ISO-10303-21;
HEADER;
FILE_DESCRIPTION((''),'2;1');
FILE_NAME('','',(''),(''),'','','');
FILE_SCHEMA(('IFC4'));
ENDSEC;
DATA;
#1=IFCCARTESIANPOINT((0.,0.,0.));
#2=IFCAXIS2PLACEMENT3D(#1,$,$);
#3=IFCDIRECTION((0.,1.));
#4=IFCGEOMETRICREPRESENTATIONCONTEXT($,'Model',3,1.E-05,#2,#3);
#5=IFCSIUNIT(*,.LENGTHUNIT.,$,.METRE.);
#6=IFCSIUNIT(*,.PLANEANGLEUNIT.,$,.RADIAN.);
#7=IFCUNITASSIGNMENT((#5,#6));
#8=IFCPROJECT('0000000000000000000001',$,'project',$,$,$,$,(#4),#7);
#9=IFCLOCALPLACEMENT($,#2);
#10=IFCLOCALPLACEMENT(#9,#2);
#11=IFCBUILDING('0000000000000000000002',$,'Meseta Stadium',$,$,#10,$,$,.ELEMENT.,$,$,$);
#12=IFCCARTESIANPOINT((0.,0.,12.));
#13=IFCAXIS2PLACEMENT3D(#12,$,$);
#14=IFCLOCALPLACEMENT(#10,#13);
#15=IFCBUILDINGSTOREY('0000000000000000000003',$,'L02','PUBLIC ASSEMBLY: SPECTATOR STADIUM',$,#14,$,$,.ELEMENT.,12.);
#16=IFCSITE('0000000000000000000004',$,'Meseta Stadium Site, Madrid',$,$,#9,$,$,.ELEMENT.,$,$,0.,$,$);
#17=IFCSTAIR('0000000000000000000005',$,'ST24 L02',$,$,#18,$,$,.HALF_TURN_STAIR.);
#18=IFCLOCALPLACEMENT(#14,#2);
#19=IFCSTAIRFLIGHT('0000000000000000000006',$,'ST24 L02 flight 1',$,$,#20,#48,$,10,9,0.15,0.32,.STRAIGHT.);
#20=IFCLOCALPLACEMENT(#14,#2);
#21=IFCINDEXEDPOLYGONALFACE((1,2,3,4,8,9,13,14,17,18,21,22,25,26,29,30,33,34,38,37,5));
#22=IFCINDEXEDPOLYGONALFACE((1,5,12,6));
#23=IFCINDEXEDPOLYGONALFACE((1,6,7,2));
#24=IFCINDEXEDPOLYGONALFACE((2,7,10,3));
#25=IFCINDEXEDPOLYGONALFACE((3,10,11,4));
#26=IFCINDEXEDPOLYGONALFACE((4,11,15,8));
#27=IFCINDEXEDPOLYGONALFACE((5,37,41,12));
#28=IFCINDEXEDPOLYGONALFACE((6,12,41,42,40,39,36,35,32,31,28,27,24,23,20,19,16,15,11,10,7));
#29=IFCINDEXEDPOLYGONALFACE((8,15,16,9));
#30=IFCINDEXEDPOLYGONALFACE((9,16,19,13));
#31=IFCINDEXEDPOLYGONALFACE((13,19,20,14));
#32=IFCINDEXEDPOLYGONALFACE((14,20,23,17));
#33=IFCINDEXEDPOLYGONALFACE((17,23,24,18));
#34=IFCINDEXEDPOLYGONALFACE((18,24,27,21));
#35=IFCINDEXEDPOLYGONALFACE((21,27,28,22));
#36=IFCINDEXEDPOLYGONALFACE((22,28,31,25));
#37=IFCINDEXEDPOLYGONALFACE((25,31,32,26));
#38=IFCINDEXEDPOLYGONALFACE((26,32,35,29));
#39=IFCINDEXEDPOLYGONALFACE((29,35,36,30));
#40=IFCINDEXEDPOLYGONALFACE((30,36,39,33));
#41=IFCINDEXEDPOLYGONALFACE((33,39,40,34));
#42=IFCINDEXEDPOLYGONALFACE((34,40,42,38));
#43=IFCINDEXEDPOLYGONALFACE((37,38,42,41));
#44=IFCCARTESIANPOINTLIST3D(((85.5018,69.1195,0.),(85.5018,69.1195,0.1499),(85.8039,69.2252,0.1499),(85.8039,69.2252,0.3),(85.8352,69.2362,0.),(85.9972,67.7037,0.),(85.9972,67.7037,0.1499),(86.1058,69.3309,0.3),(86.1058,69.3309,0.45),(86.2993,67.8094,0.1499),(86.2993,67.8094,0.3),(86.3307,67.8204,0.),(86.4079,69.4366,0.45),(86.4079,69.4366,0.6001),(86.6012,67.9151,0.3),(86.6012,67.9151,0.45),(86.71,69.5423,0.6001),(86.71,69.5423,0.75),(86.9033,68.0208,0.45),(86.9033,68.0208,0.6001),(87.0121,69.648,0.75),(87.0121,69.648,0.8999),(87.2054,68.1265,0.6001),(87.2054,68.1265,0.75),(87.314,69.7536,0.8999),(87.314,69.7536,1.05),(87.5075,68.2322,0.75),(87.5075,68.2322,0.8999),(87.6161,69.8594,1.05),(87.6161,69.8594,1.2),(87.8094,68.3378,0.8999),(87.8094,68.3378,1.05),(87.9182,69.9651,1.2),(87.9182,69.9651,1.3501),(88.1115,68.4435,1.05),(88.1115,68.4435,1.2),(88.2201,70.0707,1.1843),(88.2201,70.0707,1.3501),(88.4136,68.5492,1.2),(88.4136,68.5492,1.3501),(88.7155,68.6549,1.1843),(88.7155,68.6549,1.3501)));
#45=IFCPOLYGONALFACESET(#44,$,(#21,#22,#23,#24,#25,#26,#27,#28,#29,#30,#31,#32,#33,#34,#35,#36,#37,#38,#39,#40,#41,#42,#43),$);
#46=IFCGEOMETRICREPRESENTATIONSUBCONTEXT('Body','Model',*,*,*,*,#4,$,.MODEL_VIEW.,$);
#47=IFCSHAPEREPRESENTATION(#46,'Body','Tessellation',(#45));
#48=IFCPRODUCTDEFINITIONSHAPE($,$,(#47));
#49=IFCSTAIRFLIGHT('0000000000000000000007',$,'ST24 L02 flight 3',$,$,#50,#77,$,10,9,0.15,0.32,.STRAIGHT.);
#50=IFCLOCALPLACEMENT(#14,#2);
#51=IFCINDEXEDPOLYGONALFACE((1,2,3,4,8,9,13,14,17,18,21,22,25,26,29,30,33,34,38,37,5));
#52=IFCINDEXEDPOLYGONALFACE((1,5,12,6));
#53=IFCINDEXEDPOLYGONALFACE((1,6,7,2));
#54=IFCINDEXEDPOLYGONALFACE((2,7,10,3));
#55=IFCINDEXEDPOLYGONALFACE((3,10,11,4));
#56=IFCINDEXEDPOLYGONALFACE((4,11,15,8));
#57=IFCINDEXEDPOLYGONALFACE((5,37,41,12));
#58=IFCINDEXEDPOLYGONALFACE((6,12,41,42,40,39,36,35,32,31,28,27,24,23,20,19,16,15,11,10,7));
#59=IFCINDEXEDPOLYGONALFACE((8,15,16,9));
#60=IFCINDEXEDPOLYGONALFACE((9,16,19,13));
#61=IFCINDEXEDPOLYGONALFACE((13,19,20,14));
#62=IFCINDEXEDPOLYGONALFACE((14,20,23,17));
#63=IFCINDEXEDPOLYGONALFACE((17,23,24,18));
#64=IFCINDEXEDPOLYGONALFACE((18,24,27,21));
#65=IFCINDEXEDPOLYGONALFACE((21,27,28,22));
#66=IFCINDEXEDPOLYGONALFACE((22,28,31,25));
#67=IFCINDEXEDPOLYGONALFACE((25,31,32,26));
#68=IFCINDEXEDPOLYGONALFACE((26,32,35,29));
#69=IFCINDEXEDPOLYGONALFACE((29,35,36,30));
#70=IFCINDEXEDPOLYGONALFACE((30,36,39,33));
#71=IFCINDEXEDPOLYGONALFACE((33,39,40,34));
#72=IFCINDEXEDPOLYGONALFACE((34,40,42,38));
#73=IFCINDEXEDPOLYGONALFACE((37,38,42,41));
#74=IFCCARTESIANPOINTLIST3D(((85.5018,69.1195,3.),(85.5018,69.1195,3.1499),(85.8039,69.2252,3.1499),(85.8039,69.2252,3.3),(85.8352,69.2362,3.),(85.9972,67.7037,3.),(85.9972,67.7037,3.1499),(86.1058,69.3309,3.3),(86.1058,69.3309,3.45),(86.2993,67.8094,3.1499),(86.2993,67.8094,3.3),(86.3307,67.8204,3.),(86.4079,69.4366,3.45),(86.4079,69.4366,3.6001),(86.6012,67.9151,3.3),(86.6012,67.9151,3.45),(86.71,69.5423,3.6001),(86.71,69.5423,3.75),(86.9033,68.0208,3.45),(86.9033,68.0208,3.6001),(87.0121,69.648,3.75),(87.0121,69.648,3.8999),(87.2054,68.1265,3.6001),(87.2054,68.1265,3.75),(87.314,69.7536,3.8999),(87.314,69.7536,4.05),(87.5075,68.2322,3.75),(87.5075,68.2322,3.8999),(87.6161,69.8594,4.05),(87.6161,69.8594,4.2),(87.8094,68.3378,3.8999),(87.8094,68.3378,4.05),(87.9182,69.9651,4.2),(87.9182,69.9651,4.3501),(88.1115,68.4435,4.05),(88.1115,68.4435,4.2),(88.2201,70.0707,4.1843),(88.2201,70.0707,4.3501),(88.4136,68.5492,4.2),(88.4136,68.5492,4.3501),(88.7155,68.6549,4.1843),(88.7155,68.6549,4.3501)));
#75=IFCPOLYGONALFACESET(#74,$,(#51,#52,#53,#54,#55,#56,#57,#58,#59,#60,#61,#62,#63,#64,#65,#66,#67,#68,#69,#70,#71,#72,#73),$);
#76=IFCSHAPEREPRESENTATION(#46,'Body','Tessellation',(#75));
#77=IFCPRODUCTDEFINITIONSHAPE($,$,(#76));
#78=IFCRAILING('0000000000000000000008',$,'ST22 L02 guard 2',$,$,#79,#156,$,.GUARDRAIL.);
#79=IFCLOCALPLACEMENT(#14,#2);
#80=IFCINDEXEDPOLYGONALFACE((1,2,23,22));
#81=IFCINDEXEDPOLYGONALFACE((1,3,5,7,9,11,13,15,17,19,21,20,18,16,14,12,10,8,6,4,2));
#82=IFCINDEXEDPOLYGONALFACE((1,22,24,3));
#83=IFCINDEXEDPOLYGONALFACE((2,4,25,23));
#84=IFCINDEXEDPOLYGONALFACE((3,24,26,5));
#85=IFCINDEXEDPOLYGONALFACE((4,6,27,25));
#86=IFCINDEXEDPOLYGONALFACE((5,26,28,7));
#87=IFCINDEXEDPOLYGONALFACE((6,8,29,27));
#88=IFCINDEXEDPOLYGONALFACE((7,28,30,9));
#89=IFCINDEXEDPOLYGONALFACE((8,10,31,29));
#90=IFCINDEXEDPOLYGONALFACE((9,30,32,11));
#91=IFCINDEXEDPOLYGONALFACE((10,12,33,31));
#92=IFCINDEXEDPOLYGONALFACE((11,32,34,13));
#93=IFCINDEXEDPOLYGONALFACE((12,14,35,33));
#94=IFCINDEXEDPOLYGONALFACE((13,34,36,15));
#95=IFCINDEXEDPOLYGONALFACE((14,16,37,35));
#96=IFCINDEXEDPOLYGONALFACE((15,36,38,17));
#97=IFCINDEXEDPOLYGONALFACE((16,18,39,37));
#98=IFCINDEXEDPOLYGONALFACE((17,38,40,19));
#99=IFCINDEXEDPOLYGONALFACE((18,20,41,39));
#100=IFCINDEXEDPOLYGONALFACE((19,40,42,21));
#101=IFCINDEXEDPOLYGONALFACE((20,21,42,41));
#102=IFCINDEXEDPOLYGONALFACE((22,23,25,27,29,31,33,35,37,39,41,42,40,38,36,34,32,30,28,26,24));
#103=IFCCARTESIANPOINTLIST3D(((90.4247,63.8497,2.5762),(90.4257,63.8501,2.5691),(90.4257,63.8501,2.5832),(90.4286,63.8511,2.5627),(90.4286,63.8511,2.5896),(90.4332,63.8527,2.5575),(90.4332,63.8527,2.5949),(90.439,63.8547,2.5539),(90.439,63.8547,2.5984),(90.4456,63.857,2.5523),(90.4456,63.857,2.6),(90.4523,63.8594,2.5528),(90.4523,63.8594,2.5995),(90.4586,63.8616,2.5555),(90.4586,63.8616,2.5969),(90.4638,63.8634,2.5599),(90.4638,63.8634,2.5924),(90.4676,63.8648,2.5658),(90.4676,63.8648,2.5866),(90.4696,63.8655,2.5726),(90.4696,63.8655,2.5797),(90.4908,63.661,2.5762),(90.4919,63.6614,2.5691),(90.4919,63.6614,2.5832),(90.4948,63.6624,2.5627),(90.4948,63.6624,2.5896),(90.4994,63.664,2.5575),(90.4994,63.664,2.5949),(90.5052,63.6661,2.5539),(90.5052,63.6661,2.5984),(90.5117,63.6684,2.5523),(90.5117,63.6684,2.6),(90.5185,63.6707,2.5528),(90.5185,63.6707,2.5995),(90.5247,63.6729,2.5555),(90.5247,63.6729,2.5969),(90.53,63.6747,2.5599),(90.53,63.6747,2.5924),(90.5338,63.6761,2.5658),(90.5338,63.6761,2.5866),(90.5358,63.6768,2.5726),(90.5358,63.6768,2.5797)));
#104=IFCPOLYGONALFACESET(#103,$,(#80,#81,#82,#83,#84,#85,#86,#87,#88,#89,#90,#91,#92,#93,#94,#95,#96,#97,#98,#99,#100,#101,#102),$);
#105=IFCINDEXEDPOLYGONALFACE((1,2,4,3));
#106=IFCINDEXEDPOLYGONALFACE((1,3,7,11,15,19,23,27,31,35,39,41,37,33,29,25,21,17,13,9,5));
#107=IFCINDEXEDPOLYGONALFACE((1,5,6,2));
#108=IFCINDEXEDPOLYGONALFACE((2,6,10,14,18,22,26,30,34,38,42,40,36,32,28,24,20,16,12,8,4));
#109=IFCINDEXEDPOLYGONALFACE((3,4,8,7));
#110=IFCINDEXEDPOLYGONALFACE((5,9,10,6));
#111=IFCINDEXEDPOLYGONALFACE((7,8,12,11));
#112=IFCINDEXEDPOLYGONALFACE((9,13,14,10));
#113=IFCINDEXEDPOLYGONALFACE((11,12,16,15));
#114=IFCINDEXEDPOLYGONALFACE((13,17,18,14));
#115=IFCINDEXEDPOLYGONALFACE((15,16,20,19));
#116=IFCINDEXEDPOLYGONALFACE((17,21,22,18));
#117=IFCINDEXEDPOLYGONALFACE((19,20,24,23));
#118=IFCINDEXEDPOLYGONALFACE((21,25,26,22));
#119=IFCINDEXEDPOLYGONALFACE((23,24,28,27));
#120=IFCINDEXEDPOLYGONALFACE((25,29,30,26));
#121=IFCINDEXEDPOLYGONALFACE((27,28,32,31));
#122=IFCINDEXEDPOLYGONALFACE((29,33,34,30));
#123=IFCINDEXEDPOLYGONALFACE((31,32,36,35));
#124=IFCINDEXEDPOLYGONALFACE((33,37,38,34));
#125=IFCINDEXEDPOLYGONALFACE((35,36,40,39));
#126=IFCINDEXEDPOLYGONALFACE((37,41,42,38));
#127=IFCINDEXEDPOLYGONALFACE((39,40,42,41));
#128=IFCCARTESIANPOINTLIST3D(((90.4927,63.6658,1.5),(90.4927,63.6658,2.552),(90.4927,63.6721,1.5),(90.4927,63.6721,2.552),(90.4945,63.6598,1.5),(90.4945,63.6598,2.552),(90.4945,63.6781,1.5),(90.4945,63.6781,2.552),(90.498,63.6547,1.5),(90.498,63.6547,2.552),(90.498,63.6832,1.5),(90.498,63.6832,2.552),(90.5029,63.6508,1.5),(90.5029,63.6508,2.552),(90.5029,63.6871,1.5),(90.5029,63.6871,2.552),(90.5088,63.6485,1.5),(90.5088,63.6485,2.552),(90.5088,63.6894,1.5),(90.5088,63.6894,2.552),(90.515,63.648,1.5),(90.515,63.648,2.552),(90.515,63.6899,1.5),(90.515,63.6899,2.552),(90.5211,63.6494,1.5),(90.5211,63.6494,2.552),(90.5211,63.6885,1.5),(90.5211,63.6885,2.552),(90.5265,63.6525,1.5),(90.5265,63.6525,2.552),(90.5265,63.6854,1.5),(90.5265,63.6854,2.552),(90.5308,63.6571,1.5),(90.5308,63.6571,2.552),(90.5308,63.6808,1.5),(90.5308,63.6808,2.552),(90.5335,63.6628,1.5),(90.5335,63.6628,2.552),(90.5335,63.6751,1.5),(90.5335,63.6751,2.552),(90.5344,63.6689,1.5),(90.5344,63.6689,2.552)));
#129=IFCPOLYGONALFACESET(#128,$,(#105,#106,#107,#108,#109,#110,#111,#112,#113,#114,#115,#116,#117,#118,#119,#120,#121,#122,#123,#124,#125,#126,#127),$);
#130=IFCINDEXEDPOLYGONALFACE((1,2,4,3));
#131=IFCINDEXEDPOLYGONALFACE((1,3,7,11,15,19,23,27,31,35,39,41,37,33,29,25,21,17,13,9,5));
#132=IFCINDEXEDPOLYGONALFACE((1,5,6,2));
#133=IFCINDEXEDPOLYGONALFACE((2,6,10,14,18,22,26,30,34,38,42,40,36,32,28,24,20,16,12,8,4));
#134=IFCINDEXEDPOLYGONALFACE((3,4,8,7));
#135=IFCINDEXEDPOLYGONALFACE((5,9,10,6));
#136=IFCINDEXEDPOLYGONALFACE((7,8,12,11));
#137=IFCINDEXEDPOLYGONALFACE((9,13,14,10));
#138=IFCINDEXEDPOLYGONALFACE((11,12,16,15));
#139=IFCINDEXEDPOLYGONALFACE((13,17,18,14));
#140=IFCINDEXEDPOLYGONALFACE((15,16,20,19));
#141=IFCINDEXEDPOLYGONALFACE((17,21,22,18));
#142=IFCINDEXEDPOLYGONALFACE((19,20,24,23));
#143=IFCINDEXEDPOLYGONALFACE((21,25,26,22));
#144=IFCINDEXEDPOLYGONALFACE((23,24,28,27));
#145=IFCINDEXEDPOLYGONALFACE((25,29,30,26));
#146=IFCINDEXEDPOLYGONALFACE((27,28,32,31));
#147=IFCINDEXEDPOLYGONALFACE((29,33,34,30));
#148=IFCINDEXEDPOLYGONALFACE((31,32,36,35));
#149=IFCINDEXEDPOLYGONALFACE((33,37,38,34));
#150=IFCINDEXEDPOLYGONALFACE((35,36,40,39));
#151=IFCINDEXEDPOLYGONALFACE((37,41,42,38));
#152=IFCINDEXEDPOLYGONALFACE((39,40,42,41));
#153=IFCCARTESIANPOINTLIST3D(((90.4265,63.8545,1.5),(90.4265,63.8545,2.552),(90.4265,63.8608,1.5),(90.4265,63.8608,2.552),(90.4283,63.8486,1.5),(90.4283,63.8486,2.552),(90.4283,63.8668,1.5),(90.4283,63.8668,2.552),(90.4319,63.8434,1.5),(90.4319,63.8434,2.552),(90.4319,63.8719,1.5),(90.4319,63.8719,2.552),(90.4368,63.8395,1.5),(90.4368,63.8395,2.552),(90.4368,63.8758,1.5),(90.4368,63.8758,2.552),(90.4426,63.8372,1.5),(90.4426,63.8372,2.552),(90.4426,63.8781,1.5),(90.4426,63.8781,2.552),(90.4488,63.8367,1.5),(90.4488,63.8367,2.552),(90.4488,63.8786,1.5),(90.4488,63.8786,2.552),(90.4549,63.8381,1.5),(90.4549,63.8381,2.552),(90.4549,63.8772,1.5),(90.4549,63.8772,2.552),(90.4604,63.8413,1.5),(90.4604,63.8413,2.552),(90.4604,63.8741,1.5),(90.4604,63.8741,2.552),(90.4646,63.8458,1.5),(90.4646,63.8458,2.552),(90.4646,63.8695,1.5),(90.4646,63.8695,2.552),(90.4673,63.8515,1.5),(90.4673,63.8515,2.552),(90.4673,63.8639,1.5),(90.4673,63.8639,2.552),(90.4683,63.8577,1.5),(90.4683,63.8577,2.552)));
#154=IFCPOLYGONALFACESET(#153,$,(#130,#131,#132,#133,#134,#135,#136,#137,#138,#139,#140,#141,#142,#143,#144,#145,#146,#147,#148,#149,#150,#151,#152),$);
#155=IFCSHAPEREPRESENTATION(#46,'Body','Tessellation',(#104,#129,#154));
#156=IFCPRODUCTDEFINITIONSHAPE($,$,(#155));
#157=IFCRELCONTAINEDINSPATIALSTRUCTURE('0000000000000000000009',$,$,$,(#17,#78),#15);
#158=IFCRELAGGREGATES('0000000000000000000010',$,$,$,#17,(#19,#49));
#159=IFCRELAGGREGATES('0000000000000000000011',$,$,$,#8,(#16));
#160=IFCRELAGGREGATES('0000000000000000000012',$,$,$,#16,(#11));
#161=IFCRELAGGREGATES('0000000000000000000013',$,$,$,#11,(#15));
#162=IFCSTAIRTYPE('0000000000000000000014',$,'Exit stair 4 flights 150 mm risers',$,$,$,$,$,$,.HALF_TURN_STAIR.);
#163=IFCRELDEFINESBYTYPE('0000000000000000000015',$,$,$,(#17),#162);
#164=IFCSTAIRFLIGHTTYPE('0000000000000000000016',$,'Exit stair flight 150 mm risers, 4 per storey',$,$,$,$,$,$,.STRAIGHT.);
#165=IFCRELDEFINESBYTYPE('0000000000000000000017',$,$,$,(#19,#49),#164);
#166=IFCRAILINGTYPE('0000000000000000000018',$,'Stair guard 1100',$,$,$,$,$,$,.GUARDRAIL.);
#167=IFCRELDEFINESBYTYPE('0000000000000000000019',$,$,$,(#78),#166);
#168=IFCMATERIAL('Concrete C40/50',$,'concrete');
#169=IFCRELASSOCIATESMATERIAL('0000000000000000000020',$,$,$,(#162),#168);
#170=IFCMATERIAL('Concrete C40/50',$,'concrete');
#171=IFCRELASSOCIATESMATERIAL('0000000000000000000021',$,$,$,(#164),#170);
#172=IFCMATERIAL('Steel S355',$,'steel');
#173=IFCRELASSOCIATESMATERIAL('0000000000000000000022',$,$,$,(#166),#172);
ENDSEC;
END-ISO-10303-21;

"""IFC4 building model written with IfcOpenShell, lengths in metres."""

from ifc_helpers import new_model, si_unit, direction, frame, origin, origin_2d, place, context, subcontext, project, spatial, polyline, circle, outline, extrude, material, type_object, element, aggregate, save


model = new_model("IFC4")

# Units and contexts
model_context = context("Model", 3, precision=1e-05, world=origin(), true_north=direction((0.0, 1.0)))
body_context = subcontext(model_context, "Body", "Model", "MODEL_VIEW")
ifc_project = project(units=[si_unit("LENGTHUNIT", "METRE"), si_unit("PLANEANGLEUNIT", "RADIAN")], contexts=[model_context])

# Site, building, storey
site_placement = place(None, origin())
site = spatial("IfcSite", under=ifc_project, at=site_placement, Name="Meseta Stadium Site, Madrid", CompositionType="ELEMENT", RefElevation=0.0)
building_placement = place(site_placement, origin())
building = spatial("IfcBuilding", under=site, at=building_placement, Name="Meseta Stadium", CompositionType="ELEMENT")
storey_placement = place(building_placement, frame((0.0, 0.0, 12.0)))
storey = spatial("IfcBuildingStorey", under=building, at=storey_placement, Name="L02", Description="PUBLIC ASSEMBLY: SPECTATOR STADIUM", CompositionType="ELEMENT", Elevation=12.0)

# Stair, stair flights
ifc_material_1 = material(Name="Concrete C40/50", Category="concrete")
stair_type = type_object("IfcStairType", Name="Exit stair 4 flights 150 mm risers", PredefinedType="HALF_TURN_STAIR", material=ifc_material_1)
ifc_material_2 = material(Name="Concrete C40/50", Category="concrete")
stair_flight_type = type_object("IfcStairFlightType", Name="Exit stair flight 150 mm risers, 4 per storey", PredefinedType="STRAIGHT", material=ifc_material_2)
stair_1_placement = place(storey_placement, origin())
stair_1 = element("IfcStair", 1, at=stair_1_placement, inside=storey, type_object=stair_type, Name="ST24 L02", PredefinedType="HALF_TURN_STAIR")
stair_flight_1_placement = place(storey_placement, frame((85.7495, 68.4116, 0.0), z_axis=(0.0, 0.0, 1.0), x_axis=(0.943883, 0.330279, 0.0)))
stair_flight_1 = element("IfcStairFlight", 2, at=stair_flight_1_placement, type_object=stair_flight_type, Name="ST24 L02 flight 1", NumberOfRisers=10, NumberOfTreads=9, PredefinedType="STRAIGHT", RiserHeight=0.15, TreadLength=0.32, context=body_context, shape_type="SweptSolid", body=[
    extrude(outline(polyline([(0.0, 0.0), (0.0, 0.1499), (0.3201, 0.1499), (0.3201, 0.3), (0.6399, 0.3), (0.6399, 0.45), (0.96, 0.45), (0.96, 0.6001), (1.28, 0.6001), (1.28, 0.75), (1.6001, 0.75), (1.6001, 0.8999), (1.9199, 0.8999), (1.9199, 1.05), (2.24, 1.05), (2.24, 1.2), (2.5601, 1.2), (2.5601, 1.3501), (2.8799, 1.3501), (2.8799, 1.1843), (0.3533, 0.0), (0.0, 0.0)])), frame((0.0, 0.75, 0.0), z_axis=(0.0, -1.0, 0.0), x_axis=(1.0, 0.0, 0.0)), (0.0, 0.0, 1.0), 1.5),
])
stair_flight_2_placement = place(storey_placement, frame((85.7495, 68.4116, 3.0), z_axis=(0.0, 0.0, 1.0), x_axis=(0.943883, 0.330279, 0.0)))
stair_flight_2 = element("IfcStairFlight", 3, at=stair_flight_2_placement, type_object=stair_flight_type, Name="ST24 L02 flight 3", NumberOfRisers=10, NumberOfTreads=9, PredefinedType="STRAIGHT", RiserHeight=0.15, TreadLength=0.32, context=body_context, shape_type="SweptSolid", body=[
    extrude(outline(polyline([(0.0, 0.0), (0.0, 0.1499), (0.3201, 0.1499), (0.3201, 0.3), (0.6399, 0.3), (0.6399, 0.45), (0.96, 0.45), (0.96, 0.6001), (1.28, 0.6001), (1.28, 0.75), (1.6001, 0.75), (1.6001, 0.8999), (1.9199, 0.8999), (1.9199, 1.05), (2.24, 1.05), (2.24, 1.2), (2.5601, 1.2), (2.5601, 1.3501), (2.8799, 1.3501), (2.8799, 1.1843), (0.3533, 0.0), (0.0, 0.0)])), frame((0.0, 0.75, 0.0), z_axis=(0.0, -1.0, 0.0), x_axis=(1.0, 0.0, 0.0)), (0.0, 0.0, 1.0), 1.5),
])
aggregate(stair_1, [stair_flight_1, stair_flight_2])

# Railing
ifc_material_3 = material(Name="Steel S355", Category="steel")
railing_type_1 = type_object("IfcRailingType", Name="Stair guard 1100", PredefinedType="GUARDRAIL", material=ifc_material_3)
railing_1_placement = place(storey_placement, frame((90.5134, 63.6689, 1.5)))
element("IfcRailing", 4, at=railing_1_placement, inside=storey, type_object=railing_type_1, Name="ST22 L02 guard 2", PredefinedType="GUARDRAIL", context=body_context, shape_type="SweptSolid", body=[
    extrude(circle(Radius=0.0239, at=origin_2d()), frame((0.0, 0.0, 1.0762), z_axis=(-0.33084, 0.943687, 0.0), x_axis=(-0.943687, -0.33084, 0.0)), (0.0, 0.0, 1.0), 0.2),
    extrude(circle(Radius=0.021, at=origin_2d()), origin(), (0.0, 0.0, 1.0), 1.052),
    extrude(circle(Radius=0.021, at=origin_2d()), frame((-0.0662, 0.1887, 0.0)), (0.0, 0.0, 1.0), 1.052),
])

save(model, "model.ifc")
